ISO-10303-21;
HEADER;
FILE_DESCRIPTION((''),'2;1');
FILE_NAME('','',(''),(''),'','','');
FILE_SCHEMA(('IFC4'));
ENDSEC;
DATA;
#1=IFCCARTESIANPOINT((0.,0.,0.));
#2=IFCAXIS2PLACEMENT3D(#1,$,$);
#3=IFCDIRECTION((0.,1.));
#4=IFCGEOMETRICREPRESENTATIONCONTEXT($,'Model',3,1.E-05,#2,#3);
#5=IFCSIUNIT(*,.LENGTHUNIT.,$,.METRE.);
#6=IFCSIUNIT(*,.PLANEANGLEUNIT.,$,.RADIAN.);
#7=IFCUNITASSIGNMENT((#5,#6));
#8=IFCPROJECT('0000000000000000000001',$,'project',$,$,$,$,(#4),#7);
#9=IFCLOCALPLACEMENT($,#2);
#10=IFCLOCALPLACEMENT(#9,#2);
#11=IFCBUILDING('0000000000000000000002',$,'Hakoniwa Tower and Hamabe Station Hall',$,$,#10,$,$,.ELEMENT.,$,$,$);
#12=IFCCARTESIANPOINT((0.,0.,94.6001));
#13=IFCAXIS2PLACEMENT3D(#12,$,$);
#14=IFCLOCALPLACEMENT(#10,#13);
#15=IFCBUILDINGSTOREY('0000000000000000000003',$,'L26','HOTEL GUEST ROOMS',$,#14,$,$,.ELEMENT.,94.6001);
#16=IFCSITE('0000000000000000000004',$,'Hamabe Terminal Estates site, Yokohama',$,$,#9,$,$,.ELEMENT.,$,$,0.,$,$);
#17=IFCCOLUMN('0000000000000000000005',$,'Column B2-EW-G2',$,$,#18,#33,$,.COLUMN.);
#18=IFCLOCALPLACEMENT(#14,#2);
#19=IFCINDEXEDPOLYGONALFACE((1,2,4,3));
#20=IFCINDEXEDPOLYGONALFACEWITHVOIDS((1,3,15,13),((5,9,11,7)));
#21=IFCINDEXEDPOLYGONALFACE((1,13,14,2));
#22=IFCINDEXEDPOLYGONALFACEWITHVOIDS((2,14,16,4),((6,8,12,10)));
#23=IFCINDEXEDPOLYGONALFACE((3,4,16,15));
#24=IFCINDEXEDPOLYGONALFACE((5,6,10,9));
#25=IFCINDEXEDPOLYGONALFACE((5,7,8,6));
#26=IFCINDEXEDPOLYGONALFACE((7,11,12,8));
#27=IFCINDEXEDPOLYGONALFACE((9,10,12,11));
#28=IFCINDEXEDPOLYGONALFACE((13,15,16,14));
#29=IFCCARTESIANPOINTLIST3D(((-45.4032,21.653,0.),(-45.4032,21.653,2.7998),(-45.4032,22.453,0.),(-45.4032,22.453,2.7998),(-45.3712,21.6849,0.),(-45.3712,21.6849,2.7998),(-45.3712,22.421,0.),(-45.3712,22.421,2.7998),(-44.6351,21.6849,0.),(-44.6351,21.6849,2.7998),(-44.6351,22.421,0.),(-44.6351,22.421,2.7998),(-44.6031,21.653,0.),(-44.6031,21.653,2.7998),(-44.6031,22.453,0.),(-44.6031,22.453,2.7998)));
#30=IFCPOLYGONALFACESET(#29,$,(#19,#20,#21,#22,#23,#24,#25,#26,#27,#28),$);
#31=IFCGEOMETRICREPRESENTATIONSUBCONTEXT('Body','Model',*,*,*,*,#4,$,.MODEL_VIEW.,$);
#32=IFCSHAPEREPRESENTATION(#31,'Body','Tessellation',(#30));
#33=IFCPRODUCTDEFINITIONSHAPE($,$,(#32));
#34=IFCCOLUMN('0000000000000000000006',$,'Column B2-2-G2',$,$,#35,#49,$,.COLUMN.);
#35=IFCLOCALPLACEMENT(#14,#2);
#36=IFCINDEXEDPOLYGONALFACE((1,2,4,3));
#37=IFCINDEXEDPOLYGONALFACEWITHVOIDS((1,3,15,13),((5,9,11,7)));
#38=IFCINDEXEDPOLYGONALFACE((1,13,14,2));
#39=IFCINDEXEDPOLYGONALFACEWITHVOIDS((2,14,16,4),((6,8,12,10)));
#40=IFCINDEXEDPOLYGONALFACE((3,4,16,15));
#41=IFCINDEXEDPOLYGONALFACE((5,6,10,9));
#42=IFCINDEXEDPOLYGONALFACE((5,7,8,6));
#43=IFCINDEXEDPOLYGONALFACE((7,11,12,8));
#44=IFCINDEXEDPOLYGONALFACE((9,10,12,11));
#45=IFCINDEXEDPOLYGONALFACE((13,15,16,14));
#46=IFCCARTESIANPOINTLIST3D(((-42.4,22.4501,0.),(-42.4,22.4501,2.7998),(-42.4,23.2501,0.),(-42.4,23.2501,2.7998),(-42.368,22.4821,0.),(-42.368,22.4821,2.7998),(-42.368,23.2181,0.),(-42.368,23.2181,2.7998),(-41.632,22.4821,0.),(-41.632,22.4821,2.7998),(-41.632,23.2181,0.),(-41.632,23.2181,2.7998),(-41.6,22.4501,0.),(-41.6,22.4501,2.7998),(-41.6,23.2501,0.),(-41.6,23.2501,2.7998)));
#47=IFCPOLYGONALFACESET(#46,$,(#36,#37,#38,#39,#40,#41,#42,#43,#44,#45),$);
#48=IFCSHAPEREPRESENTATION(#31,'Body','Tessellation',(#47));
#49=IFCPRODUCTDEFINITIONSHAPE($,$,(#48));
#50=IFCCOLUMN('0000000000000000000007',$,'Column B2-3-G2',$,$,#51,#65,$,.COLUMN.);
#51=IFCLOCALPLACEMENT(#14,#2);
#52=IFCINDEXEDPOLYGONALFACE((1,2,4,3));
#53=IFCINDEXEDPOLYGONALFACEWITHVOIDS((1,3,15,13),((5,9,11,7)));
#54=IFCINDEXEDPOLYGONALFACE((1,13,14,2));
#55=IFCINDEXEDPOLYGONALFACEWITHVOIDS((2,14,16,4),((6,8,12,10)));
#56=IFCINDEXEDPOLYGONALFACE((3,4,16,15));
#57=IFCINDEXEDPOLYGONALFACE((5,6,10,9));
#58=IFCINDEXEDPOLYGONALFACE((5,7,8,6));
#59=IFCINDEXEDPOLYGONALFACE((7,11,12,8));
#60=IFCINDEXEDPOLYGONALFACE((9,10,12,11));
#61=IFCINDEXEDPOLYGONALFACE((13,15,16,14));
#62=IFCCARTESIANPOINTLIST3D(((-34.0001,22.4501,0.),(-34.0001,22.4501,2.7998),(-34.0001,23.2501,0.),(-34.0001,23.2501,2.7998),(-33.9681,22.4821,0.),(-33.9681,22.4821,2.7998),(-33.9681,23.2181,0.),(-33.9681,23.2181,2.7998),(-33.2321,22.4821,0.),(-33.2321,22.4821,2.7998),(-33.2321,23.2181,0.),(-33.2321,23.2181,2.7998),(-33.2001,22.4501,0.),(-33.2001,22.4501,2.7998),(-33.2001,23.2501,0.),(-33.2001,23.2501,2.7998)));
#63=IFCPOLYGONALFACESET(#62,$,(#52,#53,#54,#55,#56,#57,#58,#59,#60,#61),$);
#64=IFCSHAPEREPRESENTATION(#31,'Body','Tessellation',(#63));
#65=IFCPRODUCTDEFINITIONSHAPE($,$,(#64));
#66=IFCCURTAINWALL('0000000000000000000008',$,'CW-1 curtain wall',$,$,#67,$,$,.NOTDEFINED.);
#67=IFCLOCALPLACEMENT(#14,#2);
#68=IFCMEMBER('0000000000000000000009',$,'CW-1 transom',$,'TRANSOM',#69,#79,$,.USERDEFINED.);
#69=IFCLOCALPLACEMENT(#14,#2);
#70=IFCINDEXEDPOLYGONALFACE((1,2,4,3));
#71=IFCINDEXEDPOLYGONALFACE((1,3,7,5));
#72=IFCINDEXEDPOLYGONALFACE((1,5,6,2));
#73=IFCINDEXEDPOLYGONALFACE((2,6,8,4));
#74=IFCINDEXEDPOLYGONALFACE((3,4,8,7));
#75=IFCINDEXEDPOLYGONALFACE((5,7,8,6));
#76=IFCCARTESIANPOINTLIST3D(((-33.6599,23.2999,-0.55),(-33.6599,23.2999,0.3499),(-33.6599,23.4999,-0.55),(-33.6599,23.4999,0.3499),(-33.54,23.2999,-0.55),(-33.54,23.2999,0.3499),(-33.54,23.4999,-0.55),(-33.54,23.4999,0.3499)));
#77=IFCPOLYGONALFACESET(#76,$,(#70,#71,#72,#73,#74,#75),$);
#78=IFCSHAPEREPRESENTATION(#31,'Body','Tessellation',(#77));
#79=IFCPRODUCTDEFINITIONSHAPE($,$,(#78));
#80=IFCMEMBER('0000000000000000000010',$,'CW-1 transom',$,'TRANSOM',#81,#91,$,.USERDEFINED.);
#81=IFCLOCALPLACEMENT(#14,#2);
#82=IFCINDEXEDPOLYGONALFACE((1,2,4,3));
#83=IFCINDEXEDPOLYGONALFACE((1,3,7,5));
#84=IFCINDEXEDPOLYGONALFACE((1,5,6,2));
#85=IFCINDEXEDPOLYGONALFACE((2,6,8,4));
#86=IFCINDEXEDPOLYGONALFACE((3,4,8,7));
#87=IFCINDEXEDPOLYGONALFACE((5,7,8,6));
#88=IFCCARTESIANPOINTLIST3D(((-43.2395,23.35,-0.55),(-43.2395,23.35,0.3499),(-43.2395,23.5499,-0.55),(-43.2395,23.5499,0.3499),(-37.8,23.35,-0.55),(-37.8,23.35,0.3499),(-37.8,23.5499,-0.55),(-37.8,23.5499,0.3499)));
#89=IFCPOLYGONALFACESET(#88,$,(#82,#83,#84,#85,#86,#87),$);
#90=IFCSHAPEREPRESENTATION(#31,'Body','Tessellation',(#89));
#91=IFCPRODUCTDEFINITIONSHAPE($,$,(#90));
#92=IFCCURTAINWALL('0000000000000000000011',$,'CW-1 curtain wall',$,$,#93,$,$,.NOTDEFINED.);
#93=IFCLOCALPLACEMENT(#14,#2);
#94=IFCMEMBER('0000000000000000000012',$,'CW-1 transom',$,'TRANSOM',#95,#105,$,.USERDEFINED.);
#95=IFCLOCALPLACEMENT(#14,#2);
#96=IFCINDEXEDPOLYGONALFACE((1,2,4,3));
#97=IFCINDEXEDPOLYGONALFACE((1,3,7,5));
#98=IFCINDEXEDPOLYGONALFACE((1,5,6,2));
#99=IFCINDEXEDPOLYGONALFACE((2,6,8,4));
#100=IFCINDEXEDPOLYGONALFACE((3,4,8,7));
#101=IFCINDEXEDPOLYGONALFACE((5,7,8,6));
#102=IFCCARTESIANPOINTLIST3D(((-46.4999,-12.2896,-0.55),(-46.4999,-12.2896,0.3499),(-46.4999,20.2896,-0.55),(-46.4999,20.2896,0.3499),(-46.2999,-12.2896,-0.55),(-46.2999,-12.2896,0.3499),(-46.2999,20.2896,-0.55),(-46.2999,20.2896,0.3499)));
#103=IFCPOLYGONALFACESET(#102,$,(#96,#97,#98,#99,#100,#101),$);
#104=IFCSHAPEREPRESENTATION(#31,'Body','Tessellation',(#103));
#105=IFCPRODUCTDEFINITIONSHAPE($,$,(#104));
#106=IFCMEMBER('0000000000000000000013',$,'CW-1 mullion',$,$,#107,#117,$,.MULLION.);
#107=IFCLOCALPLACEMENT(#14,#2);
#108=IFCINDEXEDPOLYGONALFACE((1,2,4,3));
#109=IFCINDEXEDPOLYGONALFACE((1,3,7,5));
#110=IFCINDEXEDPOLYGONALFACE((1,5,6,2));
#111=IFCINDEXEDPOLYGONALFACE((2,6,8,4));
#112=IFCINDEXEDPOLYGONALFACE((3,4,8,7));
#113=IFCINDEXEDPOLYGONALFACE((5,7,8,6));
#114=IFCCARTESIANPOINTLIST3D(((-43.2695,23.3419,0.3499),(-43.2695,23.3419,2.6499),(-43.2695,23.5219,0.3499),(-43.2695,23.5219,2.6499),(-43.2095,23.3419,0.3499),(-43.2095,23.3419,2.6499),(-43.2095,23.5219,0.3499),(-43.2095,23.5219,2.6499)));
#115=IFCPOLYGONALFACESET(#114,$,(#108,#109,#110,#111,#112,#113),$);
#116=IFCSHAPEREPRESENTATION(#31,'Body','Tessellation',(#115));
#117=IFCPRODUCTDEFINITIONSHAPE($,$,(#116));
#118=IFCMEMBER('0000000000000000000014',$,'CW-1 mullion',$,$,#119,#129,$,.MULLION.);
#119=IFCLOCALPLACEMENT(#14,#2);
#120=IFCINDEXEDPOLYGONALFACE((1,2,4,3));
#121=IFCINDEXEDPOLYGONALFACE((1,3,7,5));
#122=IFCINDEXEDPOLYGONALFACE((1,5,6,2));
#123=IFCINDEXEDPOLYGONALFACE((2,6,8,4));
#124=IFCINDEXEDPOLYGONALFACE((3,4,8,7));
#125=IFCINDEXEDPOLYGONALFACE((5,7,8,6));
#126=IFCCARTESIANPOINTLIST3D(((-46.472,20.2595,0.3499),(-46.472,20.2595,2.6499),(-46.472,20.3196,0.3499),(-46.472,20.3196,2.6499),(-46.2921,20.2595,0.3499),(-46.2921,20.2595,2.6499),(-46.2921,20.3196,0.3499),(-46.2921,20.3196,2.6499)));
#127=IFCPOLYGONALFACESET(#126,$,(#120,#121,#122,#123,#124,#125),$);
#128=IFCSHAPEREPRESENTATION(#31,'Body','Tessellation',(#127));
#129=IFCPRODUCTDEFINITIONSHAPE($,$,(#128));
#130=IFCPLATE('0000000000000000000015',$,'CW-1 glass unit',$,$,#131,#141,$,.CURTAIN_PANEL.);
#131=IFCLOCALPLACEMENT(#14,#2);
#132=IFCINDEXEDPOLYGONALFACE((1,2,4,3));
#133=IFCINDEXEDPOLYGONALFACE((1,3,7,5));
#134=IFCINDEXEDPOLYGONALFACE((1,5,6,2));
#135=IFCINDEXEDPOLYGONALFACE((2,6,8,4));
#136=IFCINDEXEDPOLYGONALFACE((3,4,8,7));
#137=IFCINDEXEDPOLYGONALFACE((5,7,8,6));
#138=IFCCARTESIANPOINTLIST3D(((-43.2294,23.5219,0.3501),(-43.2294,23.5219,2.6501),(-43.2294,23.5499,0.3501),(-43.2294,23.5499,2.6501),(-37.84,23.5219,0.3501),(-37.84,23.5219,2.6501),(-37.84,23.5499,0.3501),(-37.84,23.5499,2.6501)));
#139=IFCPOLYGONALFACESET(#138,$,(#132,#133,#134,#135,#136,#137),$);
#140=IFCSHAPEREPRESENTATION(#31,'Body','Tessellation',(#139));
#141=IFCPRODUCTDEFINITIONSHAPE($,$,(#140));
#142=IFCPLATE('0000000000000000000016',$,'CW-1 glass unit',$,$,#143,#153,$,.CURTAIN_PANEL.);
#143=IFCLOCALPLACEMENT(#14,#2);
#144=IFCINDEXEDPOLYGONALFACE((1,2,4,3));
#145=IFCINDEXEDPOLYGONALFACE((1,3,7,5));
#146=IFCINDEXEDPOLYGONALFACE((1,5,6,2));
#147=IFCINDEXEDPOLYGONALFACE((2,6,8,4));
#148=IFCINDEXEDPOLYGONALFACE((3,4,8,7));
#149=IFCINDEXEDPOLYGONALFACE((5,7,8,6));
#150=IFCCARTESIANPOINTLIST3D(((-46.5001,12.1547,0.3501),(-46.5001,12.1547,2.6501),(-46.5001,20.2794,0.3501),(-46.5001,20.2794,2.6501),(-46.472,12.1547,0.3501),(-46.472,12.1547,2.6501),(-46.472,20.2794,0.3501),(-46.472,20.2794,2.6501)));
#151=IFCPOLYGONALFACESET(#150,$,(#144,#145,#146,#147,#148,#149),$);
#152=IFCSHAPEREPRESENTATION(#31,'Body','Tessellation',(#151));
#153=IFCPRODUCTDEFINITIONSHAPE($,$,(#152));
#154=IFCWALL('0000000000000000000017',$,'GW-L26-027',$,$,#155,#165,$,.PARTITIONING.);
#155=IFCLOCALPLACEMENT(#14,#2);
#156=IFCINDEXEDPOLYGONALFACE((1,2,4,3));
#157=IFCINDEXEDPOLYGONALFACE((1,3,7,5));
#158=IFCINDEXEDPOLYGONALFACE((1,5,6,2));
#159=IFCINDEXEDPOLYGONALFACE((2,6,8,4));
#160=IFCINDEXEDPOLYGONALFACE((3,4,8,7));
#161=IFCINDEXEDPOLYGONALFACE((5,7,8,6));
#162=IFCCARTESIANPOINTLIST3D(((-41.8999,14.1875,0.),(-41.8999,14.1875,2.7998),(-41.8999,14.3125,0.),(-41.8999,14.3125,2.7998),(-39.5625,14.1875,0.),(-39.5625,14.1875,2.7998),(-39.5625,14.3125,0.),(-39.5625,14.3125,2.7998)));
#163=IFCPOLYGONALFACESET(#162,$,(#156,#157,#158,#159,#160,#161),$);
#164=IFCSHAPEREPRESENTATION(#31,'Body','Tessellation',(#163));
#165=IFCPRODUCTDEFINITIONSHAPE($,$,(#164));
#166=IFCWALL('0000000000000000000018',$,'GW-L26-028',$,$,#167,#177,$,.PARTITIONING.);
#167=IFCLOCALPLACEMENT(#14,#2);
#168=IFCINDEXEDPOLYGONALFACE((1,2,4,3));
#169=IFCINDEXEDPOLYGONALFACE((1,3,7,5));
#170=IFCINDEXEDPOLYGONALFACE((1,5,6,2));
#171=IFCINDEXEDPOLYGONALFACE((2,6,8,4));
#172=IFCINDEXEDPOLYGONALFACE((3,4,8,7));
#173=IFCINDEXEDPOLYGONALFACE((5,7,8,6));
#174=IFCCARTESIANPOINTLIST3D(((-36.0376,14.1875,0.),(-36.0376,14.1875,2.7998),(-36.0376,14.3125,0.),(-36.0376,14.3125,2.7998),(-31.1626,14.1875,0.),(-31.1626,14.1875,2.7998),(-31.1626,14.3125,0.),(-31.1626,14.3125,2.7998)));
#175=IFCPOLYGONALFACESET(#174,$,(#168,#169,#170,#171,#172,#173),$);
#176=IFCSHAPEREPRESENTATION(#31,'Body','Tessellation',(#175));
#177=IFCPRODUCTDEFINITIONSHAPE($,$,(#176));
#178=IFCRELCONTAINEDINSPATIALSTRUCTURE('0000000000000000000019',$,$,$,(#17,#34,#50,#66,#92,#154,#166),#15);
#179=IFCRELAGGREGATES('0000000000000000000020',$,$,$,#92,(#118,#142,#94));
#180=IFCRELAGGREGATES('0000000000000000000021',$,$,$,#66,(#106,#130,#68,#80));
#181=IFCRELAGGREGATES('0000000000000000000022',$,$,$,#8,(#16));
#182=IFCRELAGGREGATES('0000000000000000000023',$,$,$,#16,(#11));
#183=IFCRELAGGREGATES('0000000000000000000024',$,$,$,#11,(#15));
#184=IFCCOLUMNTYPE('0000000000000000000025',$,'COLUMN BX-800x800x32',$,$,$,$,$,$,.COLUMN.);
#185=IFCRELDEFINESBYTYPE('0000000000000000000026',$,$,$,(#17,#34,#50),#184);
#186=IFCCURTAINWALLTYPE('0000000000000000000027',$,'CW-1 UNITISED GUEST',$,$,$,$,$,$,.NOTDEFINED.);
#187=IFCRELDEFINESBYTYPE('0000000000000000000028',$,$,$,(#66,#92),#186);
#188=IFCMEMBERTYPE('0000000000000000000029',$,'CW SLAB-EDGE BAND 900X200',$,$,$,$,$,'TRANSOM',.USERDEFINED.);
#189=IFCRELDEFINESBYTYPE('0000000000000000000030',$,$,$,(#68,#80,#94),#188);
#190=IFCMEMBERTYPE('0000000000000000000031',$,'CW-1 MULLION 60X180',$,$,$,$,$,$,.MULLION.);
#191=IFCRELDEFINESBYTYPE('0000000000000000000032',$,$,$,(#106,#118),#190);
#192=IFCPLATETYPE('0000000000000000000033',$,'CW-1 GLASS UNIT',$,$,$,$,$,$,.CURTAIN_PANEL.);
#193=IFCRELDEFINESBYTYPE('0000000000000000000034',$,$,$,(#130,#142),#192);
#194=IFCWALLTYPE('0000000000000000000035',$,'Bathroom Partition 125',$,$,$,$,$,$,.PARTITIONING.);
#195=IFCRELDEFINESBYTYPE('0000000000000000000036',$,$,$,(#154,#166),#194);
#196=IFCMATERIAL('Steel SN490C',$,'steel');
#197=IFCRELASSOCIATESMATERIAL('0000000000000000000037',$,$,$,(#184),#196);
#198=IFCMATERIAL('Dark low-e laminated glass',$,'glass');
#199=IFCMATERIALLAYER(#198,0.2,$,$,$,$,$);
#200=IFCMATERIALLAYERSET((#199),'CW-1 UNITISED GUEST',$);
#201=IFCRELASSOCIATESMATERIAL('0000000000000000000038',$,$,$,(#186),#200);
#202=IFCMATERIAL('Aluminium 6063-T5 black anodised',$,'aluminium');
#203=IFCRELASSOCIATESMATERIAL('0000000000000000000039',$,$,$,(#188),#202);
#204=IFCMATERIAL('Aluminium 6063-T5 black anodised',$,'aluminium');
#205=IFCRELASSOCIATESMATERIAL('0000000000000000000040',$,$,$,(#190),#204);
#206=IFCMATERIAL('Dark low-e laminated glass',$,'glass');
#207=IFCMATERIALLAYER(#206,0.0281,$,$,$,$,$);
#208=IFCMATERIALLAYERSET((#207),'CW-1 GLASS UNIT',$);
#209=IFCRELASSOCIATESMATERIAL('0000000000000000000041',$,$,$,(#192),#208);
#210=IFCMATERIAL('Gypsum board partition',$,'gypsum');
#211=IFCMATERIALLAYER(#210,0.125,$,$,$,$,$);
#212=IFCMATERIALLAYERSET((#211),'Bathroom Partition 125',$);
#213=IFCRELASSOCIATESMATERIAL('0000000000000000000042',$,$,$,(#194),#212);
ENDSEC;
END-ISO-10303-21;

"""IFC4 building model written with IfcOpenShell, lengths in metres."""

from ifc_helpers import new_model, si_unit, direction, frame, frame_2d, origin, origin_2d, place, context, subcontext, project, spatial, rectangle, hollow_rectangle, extrude, material, layer, layer_set, material_profile, profile_set, type_object, element, aggregate, save


model = new_model("IFC4")

# Units and contexts
model_context = context("Model", 3, precision=1e-05, world=origin(), true_north=direction((0.0, 1.0)))
body_context = subcontext(model_context, "Body", "Model", "MODEL_VIEW")
ifc_project = project(units=[si_unit("LENGTHUNIT", "METRE"), si_unit("PLANEANGLEUNIT", "RADIAN")], contexts=[model_context])

# Site, building, storey
site_placement = place(None, origin())
site = spatial("IfcSite", under=ifc_project, at=site_placement, Name="Hamabe Terminal Estates site, Yokohama", CompositionType="ELEMENT", RefElevation=0.0)
building_placement = place(site_placement, origin())
building = spatial("IfcBuilding", under=site, at=building_placement, Name="Hakoniwa Tower and Hamabe Station Hall", CompositionType="ELEMENT")
storey_placement = place(building_placement, frame((0.0, 0.0, 94.6001)))
storey = spatial("IfcBuildingStorey", under=building, at=storey_placement, Name="L26", Description="HOTEL GUEST ROOMS", CompositionType="ELEMENT", Elevation=94.6001)

# Columns
ifc_material_1 = material(Name="Steel SN490C", Category="steel")
ifc_material_profile_1 = material_profile(ifc_material_1, hollow_rectangle(XDim=0.8, YDim=0.8, WallThickness=0.032, at=origin_2d()), Name="BX-800x800x32")
ifc_profile_set_1 = profile_set([ifc_material_profile_1], Name="Steel SN490C")
column_type = type_object("IfcColumnType", Name="COLUMN BX-800x800x32", PredefinedType="COLUMN", material=ifc_profile_set_1)
for number, where, z_axis, x_axis, name in (
    (1, (-45.0032, 22.053, 0.0), (0.0, 0.0, 1.0), (1.0, 0.0, 0.0), "Column B2-EW-G2"),
    (2, (-42.0, 22.8501, 0.0), (0.0, 0.0, 1.0), (1.0, 0.0, 0.0), "Column B2-2-G2"),
    (3, (-33.6001, 22.8501, 0.0), (0.0, 0.0, 1.0), (1.0, 0.0, 0.0), "Column B2-3-G2"),
):
    element("IfcColumn", number, at=place(storey_placement, frame(where, z_axis=z_axis, x_axis=x_axis)), inside=storey, type_object=column_type, Name=name, PredefinedType="COLUMN", context=body_context, shape_type="SweptSolid", body=[
        extrude(hollow_rectangle(XDim=0.8, YDim=0.8, WallThickness=0.032, at=origin_2d()), origin(), (0.0, 0.0, 1.0), 2.7998),
    ])

# Curtain wall, members
ifc_material_2 = material(Name="Dark low-e laminated glass", Category="glass")
ifc_layer_1 = layer(ifc_material_2, 0.2)
ifc_layer_set_1 = layer_set([ifc_layer_1], Name="CW-1 UNITISED GUEST")
curtain_wall_type = type_object("IfcCurtainWallType", Name="CW-1 UNITISED GUEST", PredefinedType="NOTDEFINED", material=ifc_layer_set_1)
curtain_wall_1_placement = place(storey_placement, origin())
curtain_wall_1 = element("IfcCurtainWall", 4, at=curtain_wall_1_placement, inside=storey, type_object=curtain_wall_type, Name="CW-1 curtain wall", PredefinedType="NOTDEFINED")
ifc_material_3 = material(Name="Aluminium 6063-T5 black anodised", Category="aluminium")
ifc_material_profile_2 = material_profile(ifc_material_3, rectangle(XDim=0.2, YDim=0.8999, at=origin_2d()), Name="CW SLAB-EDGE BAND 900X200")
ifc_profile_set_2 = profile_set([ifc_material_profile_2], Name="Aluminium 6063-T5 black anodised")
member_type_1 = type_object("IfcMemberType", Name="CW SLAB-EDGE BAND 900X200", ElementType="TRANSOM", PredefinedType="USERDEFINED", material=ifc_profile_set_2)
member_1_placement = place(storey_placement, frame((-33.54, 23.3999, -0.1001), z_axis=(-1.0, 0.0, 0.0), x_axis=(0.0, -1.0, 0.0)))
member_1 = element("IfcMember", 5, at=member_1_placement, type_object=member_type_1, Name="CW-1 transom", ObjectType="TRANSOM", PredefinedType="USERDEFINED", context=body_context, shape_type="SweptSolid", body=[
    extrude(rectangle(XDim=0.2, YDim=0.8999, at=origin_2d()), origin(), (0.0, 0.0, 1.0), 0.1199),
])
member_2_placement = place(storey_placement, frame((-37.8, 23.45, -0.1001), z_axis=(-1.0, 0.0, 0.0), x_axis=(0.0, -1.0, 0.0)))
member_2 = element("IfcMember", 6, at=member_2_placement, type_object=member_type_1, Name="CW-1 transom", ObjectType="TRANSOM", PredefinedType="USERDEFINED", context=body_context, shape_type="SweptSolid", body=[
    extrude(rectangle(XDim=0.2, YDim=0.8999, at=origin_2d()), origin(), (0.0, 0.0, 1.0), 5.4395),
])

# Curtain wall, member
curtain_wall_2_placement = place(storey_placement, origin())
curtain_wall_2 = element("IfcCurtainWall", 7, at=curtain_wall_2_placement, inside=storey, type_object=curtain_wall_type, Name="CW-1 curtain wall", PredefinedType="NOTDEFINED")
member_3_placement = place(storey_placement, frame((-46.3999, 20.2896, -0.1001), z_axis=(0.0, -1.0, 0.0), x_axis=(1.0, 0.0, 0.0)))
member_3 = element("IfcMember", 8, at=member_3_placement, type_object=member_type_1, Name="CW-1 transom", ObjectType="TRANSOM", PredefinedType="USERDEFINED", context=body_context, shape_type="SweptSolid", body=[
    extrude(rectangle(XDim=0.2, YDim=0.8999, at=origin_2d()), origin(), (0.0, 0.0, 1.0), 32.5791),
])

# Members
ifc_material_4 = material(Name="Aluminium 6063-T5 black anodised", Category="aluminium")
ifc_material_profile_3 = material_profile(ifc_material_4, rectangle(XDim=0.0601, YDim=0.1799, at=origin_2d()), Name="CW-1 MULLION 60X180")
ifc_profile_set_3 = profile_set([ifc_material_profile_3], Name="Aluminium 6063-T5 black anodised")
member_type_2 = type_object("IfcMemberType", Name="CW-1 MULLION 60X180", PredefinedType="MULLION", material=ifc_profile_set_3)
member_4_placement = place(storey_placement, frame((-43.2395, 23.4319, 0.3499), z_axis=(0.0, 0.0, 1.0), x_axis=(-1.0, 0.0, 0.0)))
member_4 = element("IfcMember", 9, at=member_4_placement, type_object=member_type_2, Name="CW-1 mullion", PredefinedType="MULLION", context=body_context, shape_type="SweptSolid", body=[
    extrude(rectangle(XDim=0.0601, YDim=0.1799, at=origin_2d()), origin(), (0.0, 0.0, 1.0), 2.3),
])
member_5_placement = place(storey_placement, frame((-46.3821, 20.2896, 0.3499), z_axis=(0.0, 0.0, 1.0), x_axis=(0.0, -1.0, 0.0)))
member_5 = element("IfcMember", 10, at=member_5_placement, type_object=member_type_2, Name="CW-1 mullion", PredefinedType="MULLION", context=body_context, shape_type="SweptSolid", body=[
    extrude(rectangle(XDim=0.0601, YDim=0.1799, at=origin_2d()), origin(), (0.0, 0.0, 1.0), 2.3),
])

# Plates
ifc_material_5 = material(Name="Dark low-e laminated glass", Category="glass")
ifc_layer_2 = layer(ifc_material_5, 0.0281)
ifc_layer_set_2 = layer_set([ifc_layer_2], Name="CW-1 GLASS UNIT")
plate_type = type_object("IfcPlateType", Name="CW-1 GLASS UNIT", PredefinedType="CURTAIN_PANEL", material=ifc_layer_set_2)
plate_1_placement = place(storey_placement, frame((-40.5347, 23.5359, 0.3501), z_axis=(0.0, 0.0, 1.0), x_axis=(-1.0, 0.0, 0.0)))
plate_1 = element("IfcPlate", 11, at=plate_1_placement, type_object=plate_type, Name="CW-1 glass unit", PredefinedType="CURTAIN_PANEL", context=body_context, shape_type="SweptSolid", body=[
    extrude(rectangle(XDim=5.3894, YDim=0.0281, at=origin_2d()), origin(), (0.0, 0.0, 1.0), 2.3),
])
plate_2_placement = place(storey_placement, frame((-46.4861, 16.217, 0.3501), z_axis=(0.0, 0.0, 1.0), x_axis=(0.0, -1.0, 0.0)))
plate_2 = element("IfcPlate", 12, at=plate_2_placement, type_object=plate_type, Name="CW-1 glass unit", PredefinedType="CURTAIN_PANEL", context=body_context, shape_type="SweptSolid", body=[
    extrude(rectangle(XDim=8.1248, YDim=0.0281, at=origin_2d()), origin(), (0.0, 0.0, 1.0), 2.3),
])
aggregate(curtain_wall_2, [member_5, plate_2, member_3])

# Walls
ifc_material_6 = material(Name="Gypsum board partition", Category="gypsum")
ifc_layer_3 = layer(ifc_material_6, 0.125)
ifc_layer_set_3 = layer_set([ifc_layer_3], Name="Bathroom Partition 125")
wall_type_1 = type_object("IfcWallType", Name="Bathroom Partition 125", PredefinedType="PARTITIONING", material=ifc_layer_set_3)
wall_1_placement = place(storey_placement, frame((-41.8999, 14.25, 0.0), z_axis=(0.0, 0.0, 1.0), x_axis=(1.0, 0.0, 0.0)))
element("IfcWall", 13, at=wall_1_placement, inside=storey, type_object=wall_type_1, Name="GW-L26-027", PredefinedType="PARTITIONING", context=body_context, shape_type="SweptSolid", body=[
    extrude(rectangle(XDim=2.3374, YDim=0.125, at=frame_2d((1.1687, 0.0))), origin(), (0.0, 0.0, 1.0), 2.7998),
])
wall_2_placement = place(storey_placement, frame((-36.0376, 14.25, 0.0), z_axis=(0.0, 0.0, 1.0), x_axis=(1.0, 0.0, 0.0)))
element("IfcWall", 14, at=wall_2_placement, inside=storey, type_object=wall_type_1, Name="GW-L26-028", PredefinedType="PARTITIONING", context=body_context, shape_type="SweptSolid", body=[
    extrude(rectangle(XDim=4.875, YDim=0.125, at=frame_2d((2.4375, 0.0))), origin(), (0.0, 0.0, 1.0), 2.7998),
])

aggregate(curtain_wall_1, [member_4, plate_1, member_1, member_2])

save(model, "model.ifc")
